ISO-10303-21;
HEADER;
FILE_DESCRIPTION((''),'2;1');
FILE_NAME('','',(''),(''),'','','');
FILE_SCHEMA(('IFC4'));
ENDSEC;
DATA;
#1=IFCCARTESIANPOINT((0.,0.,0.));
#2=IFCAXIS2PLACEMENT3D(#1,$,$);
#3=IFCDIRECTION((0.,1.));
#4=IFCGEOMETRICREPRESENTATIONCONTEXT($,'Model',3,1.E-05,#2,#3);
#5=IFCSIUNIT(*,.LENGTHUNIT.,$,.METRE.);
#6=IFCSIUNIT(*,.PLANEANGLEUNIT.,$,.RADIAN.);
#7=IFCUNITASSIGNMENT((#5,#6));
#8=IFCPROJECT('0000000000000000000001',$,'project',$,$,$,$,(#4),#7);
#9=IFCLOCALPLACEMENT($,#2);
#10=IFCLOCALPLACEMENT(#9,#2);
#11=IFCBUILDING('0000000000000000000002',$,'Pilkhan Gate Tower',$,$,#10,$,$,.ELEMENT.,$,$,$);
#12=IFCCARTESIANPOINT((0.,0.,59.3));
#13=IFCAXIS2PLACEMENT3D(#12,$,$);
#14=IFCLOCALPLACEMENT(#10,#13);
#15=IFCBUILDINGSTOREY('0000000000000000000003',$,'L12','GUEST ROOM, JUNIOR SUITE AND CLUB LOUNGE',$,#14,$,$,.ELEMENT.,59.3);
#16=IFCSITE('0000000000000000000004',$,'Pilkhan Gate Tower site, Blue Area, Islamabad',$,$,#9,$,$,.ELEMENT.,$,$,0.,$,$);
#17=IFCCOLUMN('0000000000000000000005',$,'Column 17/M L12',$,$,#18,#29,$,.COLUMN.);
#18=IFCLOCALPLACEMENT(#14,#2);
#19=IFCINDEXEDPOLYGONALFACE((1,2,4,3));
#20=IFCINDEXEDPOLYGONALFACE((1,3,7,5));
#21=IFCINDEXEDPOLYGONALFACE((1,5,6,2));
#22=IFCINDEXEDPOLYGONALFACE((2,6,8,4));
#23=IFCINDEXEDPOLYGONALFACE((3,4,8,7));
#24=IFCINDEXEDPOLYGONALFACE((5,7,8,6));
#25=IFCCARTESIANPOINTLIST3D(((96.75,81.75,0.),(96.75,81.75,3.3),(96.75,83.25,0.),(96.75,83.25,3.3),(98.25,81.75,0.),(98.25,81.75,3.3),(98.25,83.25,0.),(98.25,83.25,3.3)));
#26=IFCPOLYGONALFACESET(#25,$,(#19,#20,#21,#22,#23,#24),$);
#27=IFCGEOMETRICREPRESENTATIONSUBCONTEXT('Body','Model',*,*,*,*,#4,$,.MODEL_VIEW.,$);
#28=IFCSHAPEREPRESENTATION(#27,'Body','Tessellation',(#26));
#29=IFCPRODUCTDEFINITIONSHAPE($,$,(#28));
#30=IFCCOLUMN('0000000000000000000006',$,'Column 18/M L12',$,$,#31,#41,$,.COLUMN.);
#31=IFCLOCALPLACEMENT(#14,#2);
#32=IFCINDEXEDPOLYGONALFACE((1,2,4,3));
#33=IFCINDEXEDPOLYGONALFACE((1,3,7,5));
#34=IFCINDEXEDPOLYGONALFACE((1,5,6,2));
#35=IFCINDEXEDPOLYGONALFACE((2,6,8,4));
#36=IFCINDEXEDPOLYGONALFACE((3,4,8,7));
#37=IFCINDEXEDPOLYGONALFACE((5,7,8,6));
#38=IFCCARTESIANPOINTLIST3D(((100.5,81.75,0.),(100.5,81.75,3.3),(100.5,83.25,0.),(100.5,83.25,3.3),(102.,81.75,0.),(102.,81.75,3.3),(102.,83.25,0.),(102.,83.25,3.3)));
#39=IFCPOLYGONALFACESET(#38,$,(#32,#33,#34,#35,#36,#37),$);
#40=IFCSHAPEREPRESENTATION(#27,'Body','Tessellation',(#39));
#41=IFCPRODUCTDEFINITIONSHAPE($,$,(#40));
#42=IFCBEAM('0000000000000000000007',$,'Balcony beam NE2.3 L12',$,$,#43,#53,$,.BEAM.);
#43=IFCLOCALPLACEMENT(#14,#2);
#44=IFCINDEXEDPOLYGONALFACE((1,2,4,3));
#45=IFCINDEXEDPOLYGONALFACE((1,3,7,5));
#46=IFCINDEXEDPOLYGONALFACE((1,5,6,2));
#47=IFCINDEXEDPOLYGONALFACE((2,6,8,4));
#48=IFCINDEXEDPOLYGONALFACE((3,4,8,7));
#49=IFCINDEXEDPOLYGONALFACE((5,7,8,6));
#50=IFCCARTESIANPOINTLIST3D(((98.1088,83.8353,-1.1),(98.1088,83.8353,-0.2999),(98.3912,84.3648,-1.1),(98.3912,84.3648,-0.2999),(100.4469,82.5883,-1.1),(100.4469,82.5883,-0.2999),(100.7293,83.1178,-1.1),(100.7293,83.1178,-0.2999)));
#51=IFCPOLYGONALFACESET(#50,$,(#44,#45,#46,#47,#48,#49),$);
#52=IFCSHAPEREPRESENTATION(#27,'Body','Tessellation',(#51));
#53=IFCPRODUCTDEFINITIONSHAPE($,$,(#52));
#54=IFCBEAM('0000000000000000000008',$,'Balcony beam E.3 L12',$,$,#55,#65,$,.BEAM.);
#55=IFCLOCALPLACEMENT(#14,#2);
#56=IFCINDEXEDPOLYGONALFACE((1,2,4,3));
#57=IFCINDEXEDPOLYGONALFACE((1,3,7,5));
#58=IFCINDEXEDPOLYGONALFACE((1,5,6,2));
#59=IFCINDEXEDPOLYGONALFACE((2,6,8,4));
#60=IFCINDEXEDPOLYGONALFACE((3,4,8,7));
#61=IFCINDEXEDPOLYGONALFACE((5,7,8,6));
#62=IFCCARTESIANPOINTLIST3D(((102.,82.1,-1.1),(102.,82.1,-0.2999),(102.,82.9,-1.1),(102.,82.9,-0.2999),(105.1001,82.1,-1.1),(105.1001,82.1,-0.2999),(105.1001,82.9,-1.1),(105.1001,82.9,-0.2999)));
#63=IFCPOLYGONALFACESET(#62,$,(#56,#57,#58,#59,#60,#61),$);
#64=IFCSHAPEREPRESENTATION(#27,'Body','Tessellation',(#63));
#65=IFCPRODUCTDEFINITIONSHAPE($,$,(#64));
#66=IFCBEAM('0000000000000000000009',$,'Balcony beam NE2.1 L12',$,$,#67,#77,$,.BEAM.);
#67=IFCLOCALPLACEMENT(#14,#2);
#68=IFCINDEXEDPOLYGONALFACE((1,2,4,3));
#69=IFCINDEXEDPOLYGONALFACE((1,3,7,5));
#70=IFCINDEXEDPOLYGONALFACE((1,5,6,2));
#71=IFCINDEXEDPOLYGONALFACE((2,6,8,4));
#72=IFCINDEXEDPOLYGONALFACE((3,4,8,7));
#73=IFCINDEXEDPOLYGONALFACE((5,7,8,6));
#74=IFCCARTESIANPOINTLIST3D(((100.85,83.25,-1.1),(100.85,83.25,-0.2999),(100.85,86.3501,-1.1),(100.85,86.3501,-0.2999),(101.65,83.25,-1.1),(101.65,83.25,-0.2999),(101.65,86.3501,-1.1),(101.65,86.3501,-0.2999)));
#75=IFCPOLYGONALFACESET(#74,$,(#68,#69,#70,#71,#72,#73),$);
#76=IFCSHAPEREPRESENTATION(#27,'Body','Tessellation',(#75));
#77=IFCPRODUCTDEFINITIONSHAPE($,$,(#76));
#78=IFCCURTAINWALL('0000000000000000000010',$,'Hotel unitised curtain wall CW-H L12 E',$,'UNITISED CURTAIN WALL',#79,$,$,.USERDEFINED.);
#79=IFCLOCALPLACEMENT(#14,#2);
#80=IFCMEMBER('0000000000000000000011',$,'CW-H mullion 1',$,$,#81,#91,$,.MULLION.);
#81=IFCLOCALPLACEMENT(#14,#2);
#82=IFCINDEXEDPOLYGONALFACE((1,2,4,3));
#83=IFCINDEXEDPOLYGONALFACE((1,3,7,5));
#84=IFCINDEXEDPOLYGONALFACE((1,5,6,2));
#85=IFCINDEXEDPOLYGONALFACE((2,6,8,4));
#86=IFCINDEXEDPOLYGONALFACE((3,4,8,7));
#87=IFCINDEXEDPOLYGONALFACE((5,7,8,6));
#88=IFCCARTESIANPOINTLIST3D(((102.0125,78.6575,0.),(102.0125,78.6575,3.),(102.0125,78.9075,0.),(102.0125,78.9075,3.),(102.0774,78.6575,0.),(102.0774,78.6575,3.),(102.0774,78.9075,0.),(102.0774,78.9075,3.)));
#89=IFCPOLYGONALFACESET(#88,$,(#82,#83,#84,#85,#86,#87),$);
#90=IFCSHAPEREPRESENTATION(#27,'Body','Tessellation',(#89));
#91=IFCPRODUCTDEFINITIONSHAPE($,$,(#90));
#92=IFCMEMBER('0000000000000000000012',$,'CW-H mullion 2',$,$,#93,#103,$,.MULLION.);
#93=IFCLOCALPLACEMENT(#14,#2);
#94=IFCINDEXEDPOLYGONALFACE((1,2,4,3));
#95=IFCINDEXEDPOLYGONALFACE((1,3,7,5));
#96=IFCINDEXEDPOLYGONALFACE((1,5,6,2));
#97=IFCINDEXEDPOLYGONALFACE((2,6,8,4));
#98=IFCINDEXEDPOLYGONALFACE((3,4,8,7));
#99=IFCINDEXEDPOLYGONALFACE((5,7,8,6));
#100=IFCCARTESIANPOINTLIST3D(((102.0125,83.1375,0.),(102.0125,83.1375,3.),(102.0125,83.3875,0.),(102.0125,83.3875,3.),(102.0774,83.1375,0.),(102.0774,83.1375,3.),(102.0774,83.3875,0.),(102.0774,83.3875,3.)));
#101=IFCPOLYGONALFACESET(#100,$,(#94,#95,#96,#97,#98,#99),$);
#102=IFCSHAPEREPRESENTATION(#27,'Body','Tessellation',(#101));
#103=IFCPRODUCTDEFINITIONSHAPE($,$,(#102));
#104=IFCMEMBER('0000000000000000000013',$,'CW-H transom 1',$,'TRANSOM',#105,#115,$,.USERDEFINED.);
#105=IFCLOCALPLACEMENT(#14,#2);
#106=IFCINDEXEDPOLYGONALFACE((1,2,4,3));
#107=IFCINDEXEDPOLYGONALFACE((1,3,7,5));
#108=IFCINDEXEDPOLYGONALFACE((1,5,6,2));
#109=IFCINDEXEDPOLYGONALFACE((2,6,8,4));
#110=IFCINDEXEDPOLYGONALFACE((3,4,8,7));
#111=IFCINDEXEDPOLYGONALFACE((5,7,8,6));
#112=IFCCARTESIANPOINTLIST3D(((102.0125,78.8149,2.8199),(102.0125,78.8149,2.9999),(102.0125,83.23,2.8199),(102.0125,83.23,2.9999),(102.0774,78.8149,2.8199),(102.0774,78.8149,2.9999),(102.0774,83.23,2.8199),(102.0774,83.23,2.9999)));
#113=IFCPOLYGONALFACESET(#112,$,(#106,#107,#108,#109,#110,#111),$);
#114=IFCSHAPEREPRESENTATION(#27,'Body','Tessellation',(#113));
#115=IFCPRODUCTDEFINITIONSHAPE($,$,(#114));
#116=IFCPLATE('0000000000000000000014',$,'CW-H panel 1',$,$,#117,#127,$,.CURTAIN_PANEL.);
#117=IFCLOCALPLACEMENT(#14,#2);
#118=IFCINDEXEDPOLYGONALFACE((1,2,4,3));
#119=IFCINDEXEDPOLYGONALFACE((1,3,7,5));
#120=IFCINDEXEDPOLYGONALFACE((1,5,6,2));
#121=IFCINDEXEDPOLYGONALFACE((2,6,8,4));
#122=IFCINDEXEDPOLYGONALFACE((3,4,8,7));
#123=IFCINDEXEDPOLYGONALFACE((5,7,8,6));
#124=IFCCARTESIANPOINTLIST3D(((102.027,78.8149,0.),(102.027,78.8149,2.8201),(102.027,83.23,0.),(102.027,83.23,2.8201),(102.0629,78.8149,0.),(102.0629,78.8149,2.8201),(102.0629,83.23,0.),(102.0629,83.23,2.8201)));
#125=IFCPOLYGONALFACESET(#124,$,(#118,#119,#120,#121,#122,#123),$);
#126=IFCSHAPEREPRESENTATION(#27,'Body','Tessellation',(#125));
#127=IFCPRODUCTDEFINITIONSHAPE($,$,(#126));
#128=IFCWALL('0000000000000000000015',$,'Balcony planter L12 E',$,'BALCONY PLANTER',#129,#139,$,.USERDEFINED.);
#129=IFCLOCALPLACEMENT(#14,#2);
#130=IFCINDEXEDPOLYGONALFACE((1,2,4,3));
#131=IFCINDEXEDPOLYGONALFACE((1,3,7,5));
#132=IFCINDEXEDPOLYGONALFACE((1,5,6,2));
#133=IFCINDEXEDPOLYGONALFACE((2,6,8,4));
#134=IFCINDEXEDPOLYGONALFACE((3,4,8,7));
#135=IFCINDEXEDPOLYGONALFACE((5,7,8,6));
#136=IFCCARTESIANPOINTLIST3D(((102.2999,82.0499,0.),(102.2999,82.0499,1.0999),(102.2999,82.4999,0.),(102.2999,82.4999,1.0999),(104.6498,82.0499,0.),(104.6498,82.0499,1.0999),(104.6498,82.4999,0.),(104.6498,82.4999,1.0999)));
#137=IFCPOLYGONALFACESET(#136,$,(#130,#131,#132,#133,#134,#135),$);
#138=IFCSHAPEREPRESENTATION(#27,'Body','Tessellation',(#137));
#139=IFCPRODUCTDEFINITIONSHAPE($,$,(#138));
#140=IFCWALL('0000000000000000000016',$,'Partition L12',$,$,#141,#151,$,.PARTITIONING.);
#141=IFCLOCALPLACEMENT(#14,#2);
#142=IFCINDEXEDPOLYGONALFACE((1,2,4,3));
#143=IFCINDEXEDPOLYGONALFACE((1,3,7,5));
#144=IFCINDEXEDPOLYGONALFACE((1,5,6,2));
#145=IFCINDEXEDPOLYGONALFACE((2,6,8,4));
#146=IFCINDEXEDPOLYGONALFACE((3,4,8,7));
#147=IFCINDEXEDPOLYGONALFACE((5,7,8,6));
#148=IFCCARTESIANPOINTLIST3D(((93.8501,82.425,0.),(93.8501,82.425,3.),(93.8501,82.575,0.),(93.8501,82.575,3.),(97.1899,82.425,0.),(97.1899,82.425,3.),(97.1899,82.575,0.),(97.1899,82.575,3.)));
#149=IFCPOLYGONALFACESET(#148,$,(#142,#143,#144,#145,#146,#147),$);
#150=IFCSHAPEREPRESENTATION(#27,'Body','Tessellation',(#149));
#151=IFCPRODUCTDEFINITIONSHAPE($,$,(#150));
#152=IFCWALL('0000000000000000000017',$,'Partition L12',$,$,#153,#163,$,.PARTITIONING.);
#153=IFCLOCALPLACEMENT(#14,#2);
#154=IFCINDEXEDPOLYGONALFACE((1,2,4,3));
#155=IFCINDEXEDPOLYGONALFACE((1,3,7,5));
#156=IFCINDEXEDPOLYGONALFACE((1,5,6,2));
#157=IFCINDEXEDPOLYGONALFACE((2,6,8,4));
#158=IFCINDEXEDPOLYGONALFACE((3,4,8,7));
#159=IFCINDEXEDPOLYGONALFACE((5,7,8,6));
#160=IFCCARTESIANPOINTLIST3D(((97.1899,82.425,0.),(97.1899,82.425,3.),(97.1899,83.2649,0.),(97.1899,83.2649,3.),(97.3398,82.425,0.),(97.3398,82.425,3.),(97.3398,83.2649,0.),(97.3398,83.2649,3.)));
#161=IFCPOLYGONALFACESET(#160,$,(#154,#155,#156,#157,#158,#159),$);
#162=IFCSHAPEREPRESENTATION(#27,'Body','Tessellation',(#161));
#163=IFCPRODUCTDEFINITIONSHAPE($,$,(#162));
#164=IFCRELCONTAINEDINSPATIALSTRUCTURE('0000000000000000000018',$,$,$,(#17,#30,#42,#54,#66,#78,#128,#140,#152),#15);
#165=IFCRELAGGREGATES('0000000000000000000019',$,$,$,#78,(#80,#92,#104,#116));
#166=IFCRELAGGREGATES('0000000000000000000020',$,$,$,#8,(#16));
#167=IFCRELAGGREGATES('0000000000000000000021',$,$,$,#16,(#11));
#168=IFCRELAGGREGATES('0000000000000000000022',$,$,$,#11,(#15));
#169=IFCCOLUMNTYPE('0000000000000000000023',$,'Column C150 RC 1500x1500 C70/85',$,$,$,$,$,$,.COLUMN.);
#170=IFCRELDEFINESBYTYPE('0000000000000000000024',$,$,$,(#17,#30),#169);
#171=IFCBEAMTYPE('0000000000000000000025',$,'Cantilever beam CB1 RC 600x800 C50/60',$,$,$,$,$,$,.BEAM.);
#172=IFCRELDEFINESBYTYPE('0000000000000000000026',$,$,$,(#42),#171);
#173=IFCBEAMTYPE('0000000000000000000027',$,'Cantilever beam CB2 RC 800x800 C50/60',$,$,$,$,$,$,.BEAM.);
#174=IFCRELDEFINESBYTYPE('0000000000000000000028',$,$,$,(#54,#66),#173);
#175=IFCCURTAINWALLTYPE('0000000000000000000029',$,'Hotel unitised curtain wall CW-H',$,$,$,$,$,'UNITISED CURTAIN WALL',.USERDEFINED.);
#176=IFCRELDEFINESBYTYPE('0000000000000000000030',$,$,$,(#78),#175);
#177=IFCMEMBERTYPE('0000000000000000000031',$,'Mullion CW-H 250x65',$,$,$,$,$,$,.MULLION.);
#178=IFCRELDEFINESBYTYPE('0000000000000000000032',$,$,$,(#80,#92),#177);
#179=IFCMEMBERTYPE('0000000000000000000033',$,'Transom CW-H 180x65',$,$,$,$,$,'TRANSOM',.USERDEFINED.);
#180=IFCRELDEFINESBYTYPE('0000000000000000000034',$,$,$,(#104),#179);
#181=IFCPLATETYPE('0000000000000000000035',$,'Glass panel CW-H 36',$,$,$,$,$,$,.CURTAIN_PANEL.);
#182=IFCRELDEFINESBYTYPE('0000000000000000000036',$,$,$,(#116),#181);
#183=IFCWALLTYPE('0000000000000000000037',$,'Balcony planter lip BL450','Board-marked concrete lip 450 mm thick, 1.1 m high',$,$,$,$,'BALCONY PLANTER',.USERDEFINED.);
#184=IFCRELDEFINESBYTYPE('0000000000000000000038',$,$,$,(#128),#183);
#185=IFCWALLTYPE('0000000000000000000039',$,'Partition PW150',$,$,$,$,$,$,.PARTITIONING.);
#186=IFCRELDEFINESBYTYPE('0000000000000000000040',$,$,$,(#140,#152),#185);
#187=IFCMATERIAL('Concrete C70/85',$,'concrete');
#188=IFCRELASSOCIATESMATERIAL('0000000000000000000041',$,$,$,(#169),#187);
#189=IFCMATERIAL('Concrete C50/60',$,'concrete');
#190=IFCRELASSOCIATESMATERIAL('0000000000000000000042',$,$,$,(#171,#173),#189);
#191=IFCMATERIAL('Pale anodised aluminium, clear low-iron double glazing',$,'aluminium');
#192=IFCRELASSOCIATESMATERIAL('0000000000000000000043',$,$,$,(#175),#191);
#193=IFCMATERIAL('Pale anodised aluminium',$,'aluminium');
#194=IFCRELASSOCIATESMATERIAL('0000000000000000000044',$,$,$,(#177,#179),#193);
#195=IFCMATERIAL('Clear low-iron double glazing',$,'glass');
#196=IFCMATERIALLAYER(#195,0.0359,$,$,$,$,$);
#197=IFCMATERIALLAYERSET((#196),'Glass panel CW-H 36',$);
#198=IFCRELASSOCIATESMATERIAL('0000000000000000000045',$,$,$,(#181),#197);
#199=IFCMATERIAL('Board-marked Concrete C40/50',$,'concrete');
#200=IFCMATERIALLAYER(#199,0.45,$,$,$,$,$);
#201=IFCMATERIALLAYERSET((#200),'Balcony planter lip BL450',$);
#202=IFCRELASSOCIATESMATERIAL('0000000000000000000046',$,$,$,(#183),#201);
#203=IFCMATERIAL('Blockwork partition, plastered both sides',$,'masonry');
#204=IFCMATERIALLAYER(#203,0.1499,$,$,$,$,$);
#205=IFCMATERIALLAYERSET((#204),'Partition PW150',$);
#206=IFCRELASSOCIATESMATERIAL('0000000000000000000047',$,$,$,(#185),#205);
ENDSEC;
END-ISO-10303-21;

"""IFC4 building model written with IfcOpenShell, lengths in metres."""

from ifc_helpers import new_model, si_unit, direction, frame, frame_2d, origin, origin_2d, place, context, subcontext, project, spatial, rectangle, extrude, material, layer, layer_set, material_profile, profile_set, type_object, element, aggregate, save


model = new_model("IFC4")

# Units and contexts
model_context = context("Model", 3, precision=1e-05, world=origin(), true_north=direction((0.0, 1.0)))
body_context = subcontext(model_context, "Body", "Model", "MODEL_VIEW")
ifc_project = project(units=[si_unit("LENGTHUNIT", "METRE"), si_unit("PLANEANGLEUNIT", "RADIAN")], contexts=[model_context])

# Site, building, storey
site_placement = place(None, origin())
site = spatial("IfcSite", under=ifc_project, at=site_placement, Name="Pilkhan Gate Tower site, Blue Area, Islamabad", CompositionType="ELEMENT", RefElevation=0.0)
building_placement = place(site_placement, origin())
building = spatial("IfcBuilding", under=site, at=building_placement, Name="Pilkhan Gate Tower", CompositionType="ELEMENT")
storey_placement = place(building_placement, frame((0.0, 0.0, 59.3)))
storey = spatial("IfcBuildingStorey", under=building, at=storey_placement, Name="L12", Description="GUEST ROOM, JUNIOR SUITE AND CLUB LOUNGE", CompositionType="ELEMENT", Elevation=59.3)

# Columns
ifc_material_1 = material(Name="Concrete C70/85", Category="concrete")
ifc_material_profile_1 = material_profile(ifc_material_1, rectangle(XDim=1.5, YDim=1.5, at=origin_2d()), Name="RC 1500x1500")
ifc_profile_set_1 = profile_set([ifc_material_profile_1], Name="Concrete C70/85")
column_type = type_object("IfcColumnType", Name="Column C150 RC 1500x1500 C70/85", PredefinedType="COLUMN", material=ifc_profile_set_1)
for number, where, z_axis, x_axis, name in (
    (1, (97.5, 82.5, 0.0), (0.0, 0.0, 1.0), (1.0, 0.0, 0.0), "Column 17/M L12"),
    (2, (101.25, 82.5, 0.0), (0.0, 0.0, 1.0), (1.0, 0.0, 0.0), "Column 18/M L12"),
):
    element("IfcColumn", number, at=place(storey_placement, frame(where, z_axis=z_axis, x_axis=x_axis)), inside=storey, type_object=column_type, Name=name, PredefinedType="COLUMN", context=body_context, shape_type="SweptSolid", body=[
        extrude(rectangle(XDim=1.5, YDim=1.5, at=origin_2d()), origin(), (0.0, 0.0, 1.0), 3.3),
    ])

# Beams
ifc_material_2 = material(Name="Concrete C50/60", Category="concrete")
ifc_material_profile_2 = material_profile(ifc_material_2, rectangle(XDim=0.6001, YDim=0.8, at=origin_2d()), Name="RC 600x800")
ifc_profile_set_2 = profile_set([ifc_material_profile_2], Name="Concrete C50/60")
beam_type_1 = type_object("IfcBeamType", Name="Cantilever beam CB1 RC 600x800 C50/60", PredefinedType="BEAM", material=ifc_profile_set_2)
beam_placement = place(storey_placement, frame((100.5881, 82.853, -0.7), z_axis=(-0.882343, 0.470607, 0.0), x_axis=(-0.470607, -0.882343, 0.0)))
element("IfcBeam", 3, at=beam_placement, inside=storey, type_object=beam_type_1, Name="Balcony beam NE2.3 L12", PredefinedType="BEAM", context=body_context, shape_type="SweptSolid", body=[
    extrude(rectangle(XDim=0.6001, YDim=0.8, at=origin_2d()), origin(), (0.0, 0.0, 1.0), 2.6499),
])
ifc_material_profile_3 = material_profile(ifc_material_2, rectangle(XDim=0.8, YDim=0.8, at=origin_2d()), Name="RC 800x800")
ifc_profile_set_3 = profile_set([ifc_material_profile_3], Name="Concrete C50/60")
beam_type_2 = type_object("IfcBeamType", Name="Cantilever beam CB2 RC 800x800 C50/60", PredefinedType="BEAM", material=ifc_profile_set_3)
for number, where, z_axis, x_axis, name in (
    (4, (102.0, 82.5, -0.7), (1.0, 0.0, 0.0), (0.0, 1.0, 0.0), "Balcony beam E.3 L12"),
    (5, (101.25, 83.25, -0.7), (0.0, 1.0, 0.0), (-1.0, 0.0, 0.0), "Balcony beam NE2.1 L12"),
):
    element("IfcBeam", number, at=place(storey_placement, frame(where, z_axis=z_axis, x_axis=x_axis)), inside=storey, type_object=beam_type_2, Name=name, PredefinedType="BEAM", context=body_context, shape_type="SweptSolid", body=[
        extrude(rectangle(XDim=0.8, YDim=0.8, at=origin_2d()), origin(), (0.0, 0.0, 1.0), 3.1001),
    ])

# Curtain wall, members, plate
ifc_material_3 = material(Name="Pale anodised aluminium, clear low-iron double glazing", Category="aluminium")
curtain_wall_type = type_object("IfcCurtainWallType", Name="Hotel unitised curtain wall CW-H", ElementType="UNITISED CURTAIN WALL", PredefinedType="USERDEFINED", material=ifc_material_3)
curtain_wall_placement = place(storey_placement, origin())
curtain_wall = element("IfcCurtainWall", 6, at=curtain_wall_placement, inside=storey, type_object=curtain_wall_type, Name="Hotel unitised curtain wall CW-H L12 E", ObjectType="UNITISED CURTAIN WALL", PredefinedType="USERDEFINED")
ifc_material_4 = material(Name="Pale anodised aluminium", Category="aluminium")
ifc_material_profile_4 = material_profile(ifc_material_4, rectangle(XDim=0.0649, YDim=0.25, at=origin_2d()), Name="Mullion 250x65")
ifc_profile_set_4 = profile_set([ifc_material_profile_4], Name="Pale anodised aluminium")
member_type_1 = type_object("IfcMemberType", Name="Mullion CW-H 250x65", PredefinedType="MULLION", material=ifc_profile_set_4)
member_1_placement = place(storey_placement, frame((102.0449, 78.7825, 0.0), z_axis=(0.0, 0.0, 1.0), x_axis=(-1.0, 0.0, 0.0)))
member_1 = element("IfcMember", 7, at=member_1_placement, type_object=member_type_1, Name="CW-H mullion 1", PredefinedType="MULLION", context=body_context, shape_type="SweptSolid", body=[
    extrude(rectangle(XDim=0.0649, YDim=0.25, at=origin_2d()), origin(), (0.0, 0.0, 1.0), 3.0),
])
member_2_placement = place(storey_placement, frame((102.0449, 83.2625, 0.0), z_axis=(0.0, 0.0, 1.0), x_axis=(-1.0, 0.0, 0.0)))
member_2 = element("IfcMember", 8, at=member_2_placement, type_object=member_type_1, Name="CW-H mullion 2", PredefinedType="MULLION", context=body_context, shape_type="SweptSolid", body=[
    extrude(rectangle(XDim=0.0649, YDim=0.25, at=origin_2d()), origin(), (0.0, 0.0, 1.0), 3.0),
])
ifc_material_profile_5 = material_profile(ifc_material_4, rectangle(XDim=0.0649, YDim=0.1799, at=origin_2d()), Name="Transom 180x65")
ifc_profile_set_5 = profile_set([ifc_material_profile_5], Name="Pale anodised aluminium")
member_type_2 = type_object("IfcMemberType", Name="Transom CW-H 180x65", ElementType="TRANSOM", PredefinedType="USERDEFINED", material=ifc_profile_set_5)
member_3_placement = place(storey_placement, frame((102.0449, 78.8149, 2.9099), z_axis=(0.0, 1.0, 0.0), x_axis=(-1.0, 0.0, 0.0)))
member_3 = element("IfcMember", 9, at=member_3_placement, type_object=member_type_2, Name="CW-H transom 1", ObjectType="TRANSOM", PredefinedType="USERDEFINED", context=body_context, shape_type="SweptSolid", body=[
    extrude(rectangle(XDim=0.0649, YDim=0.1799, at=origin_2d()), origin(), (0.0, 0.0, 1.0), 4.415),
])
ifc_material_5 = material(Name="Clear low-iron double glazing", Category="glass")
ifc_layer_1 = layer(ifc_material_5, 0.0359)
ifc_layer_set_1 = layer_set([ifc_layer_1], Name="Glass panel CW-H 36")
plate_type = type_object("IfcPlateType", Name="Glass panel CW-H 36", PredefinedType="CURTAIN_PANEL", material=ifc_layer_set_1)
plate_placement = place(storey_placement, frame((102.0449, 81.0225, 0.0), z_axis=(0.0, 0.0, 1.0), x_axis=(0.0, 1.0, 0.0)))
plate = element("IfcPlate", 10, at=plate_placement, type_object=plate_type, Name="CW-H panel 1", PredefinedType="CURTAIN_PANEL", context=body_context, shape_type="SweptSolid", body=[
    extrude(rectangle(XDim=4.415, YDim=0.0359, at=origin_2d()), origin(), (0.0, 0.0, 1.0), 2.8201),
])
aggregate(curtain_wall, [member_1, member_2, member_3, plate])

# Walls
ifc_material_6 = material(Name="Board-marked Concrete C40/50", Category="concrete")
ifc_layer_2 = layer(ifc_material_6, 0.45)
ifc_layer_set_2 = layer_set([ifc_layer_2], Name="Balcony planter lip BL450")
wall_type_1 = type_object("IfcWallType", Name="Balcony planter lip BL450", Description="Board-marked concrete lip 450 mm thick, 1.1 m high", ElementType="BALCONY PLANTER", PredefinedType="USERDEFINED", material=ifc_layer_set_2)
wall_1_placement = place(storey_placement, frame((102.3, 82.2749, 0.0), z_axis=(0.0, 0.0, 1.0), x_axis=(1.0, 0.0, 0.0)))
element("IfcWall", 11, at=wall_1_placement, inside=storey, type_object=wall_type_1, Name="Balcony planter L12 E", ObjectType="BALCONY PLANTER", PredefinedType="USERDEFINED", context=body_context, shape_type="SweptSolid", body=[
    extrude(rectangle(XDim=2.3499, YDim=0.45, at=frame_2d((1.1748, 0.0))), origin(), (0.0, 0.0, 1.0), 1.0999),
])
ifc_material_7 = material(Name="Blockwork partition, plastered both sides", Category="masonry")
ifc_layer_3 = layer(ifc_material_7, 0.1499)
ifc_layer_set_3 = layer_set([ifc_layer_3], Name="Partition PW150")
wall_type_2 = type_object("IfcWallType", Name="Partition PW150", PredefinedType="PARTITIONING", material=ifc_layer_set_3)
wall_2_placement = place(storey_placement, frame((93.8501, 82.5, 0.0), z_axis=(0.0, 0.0, 1.0), x_axis=(1.0, 0.0, 0.0)))
element("IfcWall", 12, at=wall_2_placement, inside=storey, type_object=wall_type_2, Name="Partition L12", PredefinedType="PARTITIONING", context=body_context, shape_type="SweptSolid", body=[
    extrude(rectangle(XDim=3.3398, YDim=0.1499, at=frame_2d((1.6699, 0.0))), origin(), (0.0, 0.0, 1.0), 3.0),
])
wall_3_placement = place(storey_placement, frame((97.2649, 82.425, 0.0), z_axis=(0.0, 0.0, 1.0), x_axis=(0.0, 1.0, 0.0)))
element("IfcWall", 13, at=wall_3_placement, inside=storey, type_object=wall_type_2, Name="Partition L12", PredefinedType="PARTITIONING", context=body_context, shape_type="SweptSolid", body=[
    extrude(rectangle(XDim=0.8398, YDim=0.1499, at=frame_2d((0.4199, 0.0))), origin(), (0.0, 0.0, 1.0), 3.0),
])

save(model, "model.ifc")
